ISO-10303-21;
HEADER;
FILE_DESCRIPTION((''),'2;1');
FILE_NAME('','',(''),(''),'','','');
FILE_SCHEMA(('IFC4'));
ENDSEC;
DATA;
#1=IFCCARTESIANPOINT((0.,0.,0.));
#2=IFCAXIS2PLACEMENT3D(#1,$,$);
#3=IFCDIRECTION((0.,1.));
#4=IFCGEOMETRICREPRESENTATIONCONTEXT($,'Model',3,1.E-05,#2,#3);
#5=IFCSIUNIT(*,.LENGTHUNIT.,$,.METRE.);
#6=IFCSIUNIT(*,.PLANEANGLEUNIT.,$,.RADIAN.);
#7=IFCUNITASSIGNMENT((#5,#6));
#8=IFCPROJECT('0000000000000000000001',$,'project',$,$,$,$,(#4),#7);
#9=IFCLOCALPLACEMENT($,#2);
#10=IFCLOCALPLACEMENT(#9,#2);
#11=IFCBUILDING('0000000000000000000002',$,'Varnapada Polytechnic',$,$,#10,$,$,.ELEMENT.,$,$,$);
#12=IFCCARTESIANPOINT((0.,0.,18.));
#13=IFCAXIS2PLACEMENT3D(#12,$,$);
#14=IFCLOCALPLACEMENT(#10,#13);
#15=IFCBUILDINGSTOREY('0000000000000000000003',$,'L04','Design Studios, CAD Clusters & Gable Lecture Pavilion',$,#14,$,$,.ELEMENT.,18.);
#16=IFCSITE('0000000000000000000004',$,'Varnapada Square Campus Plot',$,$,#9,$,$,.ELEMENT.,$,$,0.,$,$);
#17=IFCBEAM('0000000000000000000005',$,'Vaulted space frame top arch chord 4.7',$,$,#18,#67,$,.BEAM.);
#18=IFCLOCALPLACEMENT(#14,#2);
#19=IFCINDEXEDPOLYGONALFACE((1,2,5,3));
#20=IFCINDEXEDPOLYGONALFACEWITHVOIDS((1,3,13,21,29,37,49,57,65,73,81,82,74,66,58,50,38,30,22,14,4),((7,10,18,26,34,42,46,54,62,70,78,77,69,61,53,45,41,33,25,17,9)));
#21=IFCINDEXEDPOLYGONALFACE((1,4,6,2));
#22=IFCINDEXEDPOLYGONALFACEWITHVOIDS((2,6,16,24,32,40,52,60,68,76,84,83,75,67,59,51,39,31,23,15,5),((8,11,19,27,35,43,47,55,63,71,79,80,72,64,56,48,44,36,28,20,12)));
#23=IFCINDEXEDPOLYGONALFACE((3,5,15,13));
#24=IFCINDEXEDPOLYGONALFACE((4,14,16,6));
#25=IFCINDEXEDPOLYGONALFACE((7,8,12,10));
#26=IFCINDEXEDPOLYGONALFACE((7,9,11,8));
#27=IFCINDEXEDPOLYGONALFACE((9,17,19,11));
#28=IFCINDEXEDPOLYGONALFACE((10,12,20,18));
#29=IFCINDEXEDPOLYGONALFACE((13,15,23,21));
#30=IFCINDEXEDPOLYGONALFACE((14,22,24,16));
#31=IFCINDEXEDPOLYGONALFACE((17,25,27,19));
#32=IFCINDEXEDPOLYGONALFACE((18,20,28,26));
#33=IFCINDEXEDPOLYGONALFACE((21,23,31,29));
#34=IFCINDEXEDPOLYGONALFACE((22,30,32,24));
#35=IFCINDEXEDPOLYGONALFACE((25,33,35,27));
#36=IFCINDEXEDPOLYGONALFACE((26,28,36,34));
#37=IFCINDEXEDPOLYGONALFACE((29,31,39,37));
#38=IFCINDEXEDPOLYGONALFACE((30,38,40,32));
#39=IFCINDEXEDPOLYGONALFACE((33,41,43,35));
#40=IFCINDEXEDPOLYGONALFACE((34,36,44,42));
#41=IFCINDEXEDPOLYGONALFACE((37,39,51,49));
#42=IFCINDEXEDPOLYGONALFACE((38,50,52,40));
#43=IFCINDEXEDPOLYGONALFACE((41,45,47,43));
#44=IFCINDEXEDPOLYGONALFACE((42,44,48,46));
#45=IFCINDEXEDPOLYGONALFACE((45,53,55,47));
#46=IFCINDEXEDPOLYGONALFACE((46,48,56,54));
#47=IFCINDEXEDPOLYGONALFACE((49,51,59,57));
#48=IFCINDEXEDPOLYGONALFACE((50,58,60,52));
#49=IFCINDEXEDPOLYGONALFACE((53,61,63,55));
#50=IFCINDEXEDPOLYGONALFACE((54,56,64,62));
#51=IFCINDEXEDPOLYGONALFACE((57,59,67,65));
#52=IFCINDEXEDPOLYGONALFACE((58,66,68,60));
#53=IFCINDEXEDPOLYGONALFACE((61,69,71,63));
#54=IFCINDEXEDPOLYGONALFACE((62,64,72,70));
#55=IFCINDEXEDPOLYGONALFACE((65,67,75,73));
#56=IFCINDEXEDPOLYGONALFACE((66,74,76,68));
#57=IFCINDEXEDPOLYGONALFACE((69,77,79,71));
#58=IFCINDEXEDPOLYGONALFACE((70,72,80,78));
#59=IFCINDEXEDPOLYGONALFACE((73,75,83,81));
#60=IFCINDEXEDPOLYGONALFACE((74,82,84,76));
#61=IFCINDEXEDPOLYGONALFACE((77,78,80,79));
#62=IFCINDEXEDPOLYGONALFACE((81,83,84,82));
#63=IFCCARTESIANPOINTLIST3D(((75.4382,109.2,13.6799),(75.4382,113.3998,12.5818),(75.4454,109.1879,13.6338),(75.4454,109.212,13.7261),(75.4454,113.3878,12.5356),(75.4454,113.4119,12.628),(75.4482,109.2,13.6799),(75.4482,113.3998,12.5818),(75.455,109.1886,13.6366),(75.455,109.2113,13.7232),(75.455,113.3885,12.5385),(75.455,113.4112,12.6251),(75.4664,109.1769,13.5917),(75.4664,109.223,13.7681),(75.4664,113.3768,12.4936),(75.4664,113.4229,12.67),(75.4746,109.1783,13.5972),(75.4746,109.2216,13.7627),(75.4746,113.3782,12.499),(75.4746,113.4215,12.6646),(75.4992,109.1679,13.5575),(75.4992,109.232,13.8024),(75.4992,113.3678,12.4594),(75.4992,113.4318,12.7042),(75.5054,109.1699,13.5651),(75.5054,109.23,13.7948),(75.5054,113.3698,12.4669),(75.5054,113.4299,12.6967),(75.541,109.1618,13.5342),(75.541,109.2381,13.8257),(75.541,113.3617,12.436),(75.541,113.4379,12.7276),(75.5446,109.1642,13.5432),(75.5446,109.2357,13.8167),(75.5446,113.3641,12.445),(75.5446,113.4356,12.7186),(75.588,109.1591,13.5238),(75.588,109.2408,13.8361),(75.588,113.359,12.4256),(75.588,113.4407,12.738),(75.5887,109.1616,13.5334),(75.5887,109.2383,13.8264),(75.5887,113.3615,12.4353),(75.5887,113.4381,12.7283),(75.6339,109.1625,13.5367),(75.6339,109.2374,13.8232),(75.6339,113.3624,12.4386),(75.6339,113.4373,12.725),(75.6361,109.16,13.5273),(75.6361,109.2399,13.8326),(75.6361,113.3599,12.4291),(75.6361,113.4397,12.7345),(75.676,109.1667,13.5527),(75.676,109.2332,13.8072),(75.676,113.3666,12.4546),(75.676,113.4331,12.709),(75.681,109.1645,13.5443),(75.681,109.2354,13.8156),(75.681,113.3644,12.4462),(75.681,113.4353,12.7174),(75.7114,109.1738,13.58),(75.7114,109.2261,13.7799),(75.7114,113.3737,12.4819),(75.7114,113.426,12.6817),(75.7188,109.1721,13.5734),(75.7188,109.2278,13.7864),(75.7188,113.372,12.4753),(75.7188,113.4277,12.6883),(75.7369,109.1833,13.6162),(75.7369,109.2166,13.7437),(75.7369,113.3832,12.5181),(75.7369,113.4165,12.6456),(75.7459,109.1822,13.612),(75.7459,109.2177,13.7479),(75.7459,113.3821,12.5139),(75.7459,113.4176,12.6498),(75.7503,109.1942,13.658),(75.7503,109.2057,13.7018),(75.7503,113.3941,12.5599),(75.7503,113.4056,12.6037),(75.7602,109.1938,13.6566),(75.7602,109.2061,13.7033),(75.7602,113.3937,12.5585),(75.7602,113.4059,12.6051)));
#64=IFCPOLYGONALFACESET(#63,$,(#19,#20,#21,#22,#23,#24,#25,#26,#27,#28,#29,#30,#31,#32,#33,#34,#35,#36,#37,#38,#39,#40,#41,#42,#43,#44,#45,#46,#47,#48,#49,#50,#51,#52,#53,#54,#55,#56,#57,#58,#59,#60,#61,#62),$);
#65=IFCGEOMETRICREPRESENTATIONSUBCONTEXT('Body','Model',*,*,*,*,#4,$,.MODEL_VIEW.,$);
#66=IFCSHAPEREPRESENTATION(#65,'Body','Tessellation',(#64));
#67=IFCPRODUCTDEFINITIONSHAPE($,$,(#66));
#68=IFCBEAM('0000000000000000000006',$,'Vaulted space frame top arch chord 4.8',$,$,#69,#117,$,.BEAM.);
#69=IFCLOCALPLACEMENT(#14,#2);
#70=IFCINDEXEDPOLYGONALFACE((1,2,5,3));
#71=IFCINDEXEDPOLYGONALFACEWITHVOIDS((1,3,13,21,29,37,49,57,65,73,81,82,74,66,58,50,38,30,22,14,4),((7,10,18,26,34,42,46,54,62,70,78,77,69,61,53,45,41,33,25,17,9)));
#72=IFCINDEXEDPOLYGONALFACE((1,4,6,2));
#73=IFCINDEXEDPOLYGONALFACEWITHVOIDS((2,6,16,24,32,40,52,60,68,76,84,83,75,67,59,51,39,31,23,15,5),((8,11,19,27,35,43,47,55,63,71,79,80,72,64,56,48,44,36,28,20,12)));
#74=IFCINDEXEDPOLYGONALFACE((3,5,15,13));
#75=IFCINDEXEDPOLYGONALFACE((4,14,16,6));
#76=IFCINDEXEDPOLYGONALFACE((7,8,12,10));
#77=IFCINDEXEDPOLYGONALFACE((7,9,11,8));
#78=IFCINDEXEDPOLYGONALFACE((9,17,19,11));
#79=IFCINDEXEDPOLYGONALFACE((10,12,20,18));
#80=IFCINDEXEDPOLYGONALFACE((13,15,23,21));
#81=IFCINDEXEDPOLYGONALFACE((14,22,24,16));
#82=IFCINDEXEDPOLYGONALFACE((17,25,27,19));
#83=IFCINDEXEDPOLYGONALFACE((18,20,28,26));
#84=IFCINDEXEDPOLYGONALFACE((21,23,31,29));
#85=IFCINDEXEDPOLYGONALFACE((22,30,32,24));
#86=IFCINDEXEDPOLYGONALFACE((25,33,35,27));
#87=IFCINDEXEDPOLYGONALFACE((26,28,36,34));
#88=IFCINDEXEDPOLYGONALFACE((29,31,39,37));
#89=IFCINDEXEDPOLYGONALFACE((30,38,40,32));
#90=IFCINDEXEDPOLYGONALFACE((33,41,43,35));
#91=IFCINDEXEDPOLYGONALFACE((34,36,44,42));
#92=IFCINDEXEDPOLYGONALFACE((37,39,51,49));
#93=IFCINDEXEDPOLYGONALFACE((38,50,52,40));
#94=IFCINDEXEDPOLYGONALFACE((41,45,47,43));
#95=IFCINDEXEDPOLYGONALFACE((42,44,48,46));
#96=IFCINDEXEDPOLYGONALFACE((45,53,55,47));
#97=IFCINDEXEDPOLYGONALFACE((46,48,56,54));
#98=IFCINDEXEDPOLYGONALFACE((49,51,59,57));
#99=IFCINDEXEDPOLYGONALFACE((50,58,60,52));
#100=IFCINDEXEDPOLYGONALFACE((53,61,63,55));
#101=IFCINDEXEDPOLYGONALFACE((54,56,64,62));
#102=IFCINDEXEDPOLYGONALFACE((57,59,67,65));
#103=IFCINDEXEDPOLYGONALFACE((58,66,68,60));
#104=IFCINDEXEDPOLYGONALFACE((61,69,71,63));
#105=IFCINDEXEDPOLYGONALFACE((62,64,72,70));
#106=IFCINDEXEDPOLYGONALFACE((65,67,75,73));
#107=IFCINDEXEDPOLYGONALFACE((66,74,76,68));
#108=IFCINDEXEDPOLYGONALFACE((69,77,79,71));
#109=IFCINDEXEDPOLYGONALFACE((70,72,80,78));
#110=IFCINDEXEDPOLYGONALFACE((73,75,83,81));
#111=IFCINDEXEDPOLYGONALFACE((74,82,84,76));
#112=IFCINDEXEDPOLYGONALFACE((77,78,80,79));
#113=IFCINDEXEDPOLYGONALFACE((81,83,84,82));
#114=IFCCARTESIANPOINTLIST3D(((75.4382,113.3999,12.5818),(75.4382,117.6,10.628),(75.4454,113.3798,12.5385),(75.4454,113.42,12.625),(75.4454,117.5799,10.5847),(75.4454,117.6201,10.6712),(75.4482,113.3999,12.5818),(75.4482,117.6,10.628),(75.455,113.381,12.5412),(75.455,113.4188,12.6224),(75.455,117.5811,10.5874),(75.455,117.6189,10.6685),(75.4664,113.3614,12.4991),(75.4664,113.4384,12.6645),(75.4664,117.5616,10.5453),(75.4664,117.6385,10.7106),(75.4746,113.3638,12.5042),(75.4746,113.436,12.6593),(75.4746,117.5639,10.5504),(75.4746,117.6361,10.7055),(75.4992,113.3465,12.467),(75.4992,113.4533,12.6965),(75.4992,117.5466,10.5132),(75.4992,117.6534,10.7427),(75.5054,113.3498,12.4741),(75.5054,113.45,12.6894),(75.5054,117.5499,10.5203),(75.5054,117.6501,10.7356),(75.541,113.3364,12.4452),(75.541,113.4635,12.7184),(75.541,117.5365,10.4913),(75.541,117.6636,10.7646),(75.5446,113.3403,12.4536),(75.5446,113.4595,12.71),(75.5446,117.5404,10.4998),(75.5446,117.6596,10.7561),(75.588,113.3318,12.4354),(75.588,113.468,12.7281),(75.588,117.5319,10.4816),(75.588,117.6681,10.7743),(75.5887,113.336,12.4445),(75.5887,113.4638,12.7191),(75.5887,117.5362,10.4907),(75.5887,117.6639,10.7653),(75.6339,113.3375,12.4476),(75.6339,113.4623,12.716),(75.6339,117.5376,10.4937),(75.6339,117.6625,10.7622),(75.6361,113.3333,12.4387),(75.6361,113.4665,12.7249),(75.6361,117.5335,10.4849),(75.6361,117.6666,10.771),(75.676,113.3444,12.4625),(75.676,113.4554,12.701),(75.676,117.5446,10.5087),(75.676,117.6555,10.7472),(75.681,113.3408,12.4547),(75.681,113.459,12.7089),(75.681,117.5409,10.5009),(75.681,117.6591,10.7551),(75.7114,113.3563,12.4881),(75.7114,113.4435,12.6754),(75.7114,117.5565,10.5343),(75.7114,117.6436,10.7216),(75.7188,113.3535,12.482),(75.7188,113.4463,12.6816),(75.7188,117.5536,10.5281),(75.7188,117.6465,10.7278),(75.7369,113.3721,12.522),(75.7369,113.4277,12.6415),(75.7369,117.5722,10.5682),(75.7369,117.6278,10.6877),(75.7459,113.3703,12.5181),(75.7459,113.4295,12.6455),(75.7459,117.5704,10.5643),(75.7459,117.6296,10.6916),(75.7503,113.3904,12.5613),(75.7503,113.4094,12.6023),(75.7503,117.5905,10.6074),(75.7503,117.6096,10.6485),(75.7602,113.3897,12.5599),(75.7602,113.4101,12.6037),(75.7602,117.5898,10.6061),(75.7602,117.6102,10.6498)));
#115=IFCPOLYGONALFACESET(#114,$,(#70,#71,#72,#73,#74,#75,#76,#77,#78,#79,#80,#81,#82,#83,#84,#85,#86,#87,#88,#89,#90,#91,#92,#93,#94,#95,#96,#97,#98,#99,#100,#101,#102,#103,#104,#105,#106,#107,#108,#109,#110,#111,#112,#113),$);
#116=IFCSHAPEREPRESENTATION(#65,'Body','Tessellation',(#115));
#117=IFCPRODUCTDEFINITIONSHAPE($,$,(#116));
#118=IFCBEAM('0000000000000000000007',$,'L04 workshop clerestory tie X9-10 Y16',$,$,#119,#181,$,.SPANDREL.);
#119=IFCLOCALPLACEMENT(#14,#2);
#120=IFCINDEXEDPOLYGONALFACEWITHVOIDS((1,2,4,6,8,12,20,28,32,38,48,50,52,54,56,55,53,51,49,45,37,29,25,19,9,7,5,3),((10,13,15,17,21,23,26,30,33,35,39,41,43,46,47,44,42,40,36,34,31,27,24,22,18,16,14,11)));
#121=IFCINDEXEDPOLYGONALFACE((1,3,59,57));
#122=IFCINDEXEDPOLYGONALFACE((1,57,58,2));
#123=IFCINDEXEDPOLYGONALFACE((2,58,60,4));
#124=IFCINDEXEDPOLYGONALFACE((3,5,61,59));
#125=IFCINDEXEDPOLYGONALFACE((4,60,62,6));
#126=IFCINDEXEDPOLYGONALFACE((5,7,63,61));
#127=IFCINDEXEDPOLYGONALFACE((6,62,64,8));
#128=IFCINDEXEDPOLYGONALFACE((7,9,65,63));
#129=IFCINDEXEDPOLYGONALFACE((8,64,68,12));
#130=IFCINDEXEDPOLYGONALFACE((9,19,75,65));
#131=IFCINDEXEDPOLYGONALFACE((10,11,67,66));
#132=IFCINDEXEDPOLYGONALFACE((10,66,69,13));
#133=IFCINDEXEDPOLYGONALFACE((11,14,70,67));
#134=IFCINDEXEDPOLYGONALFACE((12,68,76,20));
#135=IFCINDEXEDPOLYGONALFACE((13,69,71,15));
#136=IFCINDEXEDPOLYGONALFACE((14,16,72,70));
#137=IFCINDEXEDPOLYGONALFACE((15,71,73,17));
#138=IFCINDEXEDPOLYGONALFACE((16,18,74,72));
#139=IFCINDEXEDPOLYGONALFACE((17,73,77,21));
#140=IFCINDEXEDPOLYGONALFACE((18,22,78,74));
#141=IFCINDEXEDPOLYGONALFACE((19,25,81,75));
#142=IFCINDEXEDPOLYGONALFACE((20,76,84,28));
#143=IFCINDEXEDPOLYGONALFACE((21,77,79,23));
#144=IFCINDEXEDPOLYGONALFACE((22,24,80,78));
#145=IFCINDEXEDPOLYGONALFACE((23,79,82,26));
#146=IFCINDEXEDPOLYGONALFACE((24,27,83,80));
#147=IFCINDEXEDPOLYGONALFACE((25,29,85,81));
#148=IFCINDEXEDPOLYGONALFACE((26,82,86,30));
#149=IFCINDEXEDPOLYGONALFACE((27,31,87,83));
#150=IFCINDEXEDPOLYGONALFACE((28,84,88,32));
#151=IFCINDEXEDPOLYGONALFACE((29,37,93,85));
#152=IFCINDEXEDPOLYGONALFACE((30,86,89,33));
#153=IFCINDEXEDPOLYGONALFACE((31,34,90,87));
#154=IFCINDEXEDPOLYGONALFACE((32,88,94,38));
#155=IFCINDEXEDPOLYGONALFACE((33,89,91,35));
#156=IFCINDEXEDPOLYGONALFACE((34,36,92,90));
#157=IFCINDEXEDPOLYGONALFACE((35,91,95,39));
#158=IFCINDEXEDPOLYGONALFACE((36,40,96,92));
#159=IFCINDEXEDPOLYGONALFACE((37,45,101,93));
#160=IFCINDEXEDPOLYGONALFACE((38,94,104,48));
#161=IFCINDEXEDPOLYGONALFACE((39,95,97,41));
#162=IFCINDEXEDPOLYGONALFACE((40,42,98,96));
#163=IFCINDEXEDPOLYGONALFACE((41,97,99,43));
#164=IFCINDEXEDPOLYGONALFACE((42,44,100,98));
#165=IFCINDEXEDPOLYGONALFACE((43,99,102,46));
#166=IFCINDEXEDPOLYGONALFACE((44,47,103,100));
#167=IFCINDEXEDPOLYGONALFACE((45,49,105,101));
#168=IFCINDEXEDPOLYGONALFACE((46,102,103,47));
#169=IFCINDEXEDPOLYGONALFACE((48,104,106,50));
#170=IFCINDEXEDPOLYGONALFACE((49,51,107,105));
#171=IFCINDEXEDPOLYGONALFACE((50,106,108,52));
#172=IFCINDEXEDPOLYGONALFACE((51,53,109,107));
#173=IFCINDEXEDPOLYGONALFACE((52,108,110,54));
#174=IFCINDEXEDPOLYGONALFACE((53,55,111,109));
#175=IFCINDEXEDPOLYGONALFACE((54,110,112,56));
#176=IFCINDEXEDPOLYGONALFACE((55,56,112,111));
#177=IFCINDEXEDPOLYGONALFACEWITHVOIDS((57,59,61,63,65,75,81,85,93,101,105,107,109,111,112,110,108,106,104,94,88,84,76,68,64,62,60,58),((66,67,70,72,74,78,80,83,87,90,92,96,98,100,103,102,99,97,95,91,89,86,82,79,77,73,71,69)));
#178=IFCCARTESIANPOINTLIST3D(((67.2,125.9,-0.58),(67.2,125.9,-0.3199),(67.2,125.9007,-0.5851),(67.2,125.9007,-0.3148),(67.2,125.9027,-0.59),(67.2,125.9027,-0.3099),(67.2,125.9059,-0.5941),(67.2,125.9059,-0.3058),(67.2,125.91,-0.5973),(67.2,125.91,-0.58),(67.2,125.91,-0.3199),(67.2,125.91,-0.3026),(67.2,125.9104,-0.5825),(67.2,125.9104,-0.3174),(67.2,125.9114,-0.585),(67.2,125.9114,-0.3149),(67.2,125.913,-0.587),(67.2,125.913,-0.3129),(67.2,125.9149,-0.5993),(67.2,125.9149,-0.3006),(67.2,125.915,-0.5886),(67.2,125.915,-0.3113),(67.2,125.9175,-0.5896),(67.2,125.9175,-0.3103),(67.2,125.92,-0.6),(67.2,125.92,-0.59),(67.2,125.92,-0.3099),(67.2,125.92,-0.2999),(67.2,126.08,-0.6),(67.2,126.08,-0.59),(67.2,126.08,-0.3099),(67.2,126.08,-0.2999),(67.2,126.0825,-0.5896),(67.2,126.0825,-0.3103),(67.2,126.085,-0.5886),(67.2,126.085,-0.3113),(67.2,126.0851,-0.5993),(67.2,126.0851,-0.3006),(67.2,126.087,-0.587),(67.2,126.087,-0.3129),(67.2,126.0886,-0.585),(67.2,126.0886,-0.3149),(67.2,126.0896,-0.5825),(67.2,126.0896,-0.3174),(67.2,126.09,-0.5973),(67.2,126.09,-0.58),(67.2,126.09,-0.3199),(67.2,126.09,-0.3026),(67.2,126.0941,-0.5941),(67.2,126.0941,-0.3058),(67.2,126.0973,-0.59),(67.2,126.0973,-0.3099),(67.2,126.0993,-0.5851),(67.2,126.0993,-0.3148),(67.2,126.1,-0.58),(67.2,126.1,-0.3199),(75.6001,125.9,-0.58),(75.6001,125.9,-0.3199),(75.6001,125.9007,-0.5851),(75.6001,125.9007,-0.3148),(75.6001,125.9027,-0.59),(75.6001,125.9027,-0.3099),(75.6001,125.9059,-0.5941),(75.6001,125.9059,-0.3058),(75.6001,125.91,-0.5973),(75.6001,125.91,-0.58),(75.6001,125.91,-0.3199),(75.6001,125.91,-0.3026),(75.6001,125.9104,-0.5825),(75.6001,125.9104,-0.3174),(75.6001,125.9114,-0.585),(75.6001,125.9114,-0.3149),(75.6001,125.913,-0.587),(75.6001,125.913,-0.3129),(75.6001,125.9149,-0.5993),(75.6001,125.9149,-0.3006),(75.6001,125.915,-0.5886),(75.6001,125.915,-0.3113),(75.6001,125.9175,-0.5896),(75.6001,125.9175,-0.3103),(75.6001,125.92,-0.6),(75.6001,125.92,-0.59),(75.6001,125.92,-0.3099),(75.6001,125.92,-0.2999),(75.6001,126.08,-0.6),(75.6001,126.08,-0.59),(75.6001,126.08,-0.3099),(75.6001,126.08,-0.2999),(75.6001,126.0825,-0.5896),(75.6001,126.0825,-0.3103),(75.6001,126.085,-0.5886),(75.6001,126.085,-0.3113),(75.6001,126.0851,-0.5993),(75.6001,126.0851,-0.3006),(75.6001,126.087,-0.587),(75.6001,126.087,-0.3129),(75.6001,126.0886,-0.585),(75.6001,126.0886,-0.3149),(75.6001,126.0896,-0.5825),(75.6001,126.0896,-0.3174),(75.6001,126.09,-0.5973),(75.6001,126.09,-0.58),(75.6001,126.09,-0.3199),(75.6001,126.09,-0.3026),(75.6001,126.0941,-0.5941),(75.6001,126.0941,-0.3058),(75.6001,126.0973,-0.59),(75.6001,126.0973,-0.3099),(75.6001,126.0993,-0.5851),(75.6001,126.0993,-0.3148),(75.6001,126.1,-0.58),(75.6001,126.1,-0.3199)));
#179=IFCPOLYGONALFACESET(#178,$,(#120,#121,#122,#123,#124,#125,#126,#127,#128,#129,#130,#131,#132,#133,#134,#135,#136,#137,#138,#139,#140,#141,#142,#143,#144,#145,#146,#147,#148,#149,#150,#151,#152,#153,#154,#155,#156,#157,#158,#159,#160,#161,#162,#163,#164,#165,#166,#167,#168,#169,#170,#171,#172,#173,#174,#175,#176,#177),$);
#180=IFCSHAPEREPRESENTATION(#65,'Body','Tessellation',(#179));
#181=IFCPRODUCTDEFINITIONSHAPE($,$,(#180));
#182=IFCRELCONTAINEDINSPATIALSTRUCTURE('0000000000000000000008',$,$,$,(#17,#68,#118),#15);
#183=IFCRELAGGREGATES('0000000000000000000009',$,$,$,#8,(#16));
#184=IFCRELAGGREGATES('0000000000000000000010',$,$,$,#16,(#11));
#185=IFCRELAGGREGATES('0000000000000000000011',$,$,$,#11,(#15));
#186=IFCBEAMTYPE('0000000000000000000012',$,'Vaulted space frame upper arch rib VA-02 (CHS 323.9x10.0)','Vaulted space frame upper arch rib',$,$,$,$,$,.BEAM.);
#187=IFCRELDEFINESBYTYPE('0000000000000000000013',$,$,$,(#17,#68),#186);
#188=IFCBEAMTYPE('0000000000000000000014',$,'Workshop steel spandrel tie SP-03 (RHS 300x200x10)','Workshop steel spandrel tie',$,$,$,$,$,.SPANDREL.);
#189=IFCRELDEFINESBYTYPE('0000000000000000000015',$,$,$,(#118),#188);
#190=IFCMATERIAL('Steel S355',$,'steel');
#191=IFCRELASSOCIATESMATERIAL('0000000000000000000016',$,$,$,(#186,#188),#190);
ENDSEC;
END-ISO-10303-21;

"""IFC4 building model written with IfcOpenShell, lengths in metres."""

from ifc_helpers import new_model, si_unit, direction, frame, origin, origin_2d, place, context, subcontext, project, spatial, hollow_rectangle, hollow_circle, extrude, material, material_profile, profile_set, type_object, element, save


model = new_model("IFC4")

# Units and contexts
model_context = context("Model", 3, precision=1e-05, world=origin(), true_north=direction((0.0, 1.0)))
body_context = subcontext(model_context, "Body", "Model", "MODEL_VIEW")
ifc_project = project(units=[si_unit("LENGTHUNIT", "METRE"), si_unit("PLANEANGLEUNIT", "RADIAN")], contexts=[model_context])

# Site, building, storey
site_placement = place(None, origin())
site = spatial("IfcSite", under=ifc_project, at=site_placement, Name="Varnapada Square Campus Plot", CompositionType="ELEMENT", RefElevation=0.0)
building_placement = place(site_placement, origin())
building = spatial("IfcBuilding", under=site, at=building_placement, Name="Varnapada Polytechnic", CompositionType="ELEMENT")
storey_placement = place(building_placement, frame((0.0, 0.0, 18.0)))
storey = spatial("IfcBuildingStorey", under=building, at=storey_placement, Name="L04", Description="Design Studios, CAD Clusters & Gable Lecture Pavilion", CompositionType="ELEMENT", Elevation=18.0)

# Shared definitions
ifc_material = material(Name="Steel S355", Category="steel")

# Beams
ifc_material_profile_1 = material_profile(ifc_material, hollow_circle(Radius=0.1619, WallThickness=0.01, at=origin_2d()), Name="CHS 323.9x10.0")
ifc_profile_set_1 = profile_set([ifc_material_profile_1], Name="Steel S355")
beam_type_1 = type_object("IfcBeamType", Name="Vaulted space frame upper arch rib VA-02 (CHS 323.9x10.0)", Description="Vaulted space frame upper arch rib", PredefinedType="BEAM", material=ifc_profile_set_1)
beam_1_placement = place(storey_placement, frame((75.6001, 109.2, 13.6799), z_axis=(0.0, 0.967476, -0.252962), x_axis=(-1.0, 0.0, 0.0)))
element("IfcBeam", 1, at=beam_1_placement, inside=storey, type_object=beam_type_1, Name="Vaulted space frame top arch chord 4.7", PredefinedType="BEAM", context=body_context, shape_type="SweptSolid", body=[
    extrude(hollow_circle(Radius=0.1619, WallThickness=0.01, at=origin_2d()), origin(), (0.0, 0.0, 1.0), 4.3411),
])
beam_2_placement = place(storey_placement, frame((75.6001, 113.3999, 12.5818), z_axis=(0.0, 0.906698, -0.42178), x_axis=(-1.0, 0.0, 0.0)))
element("IfcBeam", 2, at=beam_2_placement, inside=storey, type_object=beam_type_1, Name="Vaulted space frame top arch chord 4.8", PredefinedType="BEAM", context=body_context, shape_type="SweptSolid", body=[
    extrude(hollow_circle(Radius=0.1619, WallThickness=0.01, at=origin_2d()), origin(), (0.0, 0.0, 1.0), 4.6323),
])
ifc_material_profile_2 = material_profile(ifc_material, hollow_rectangle(XDim=0.2, YDim=0.3, WallThickness=0.01, InnerFilletRadius=0.01, OuterFilletRadius=0.02, at=origin_2d()), Name="RHS 300x200x10")
ifc_profile_set_2 = profile_set([ifc_material_profile_2], Name="Steel S355")
beam_type_2 = type_object("IfcBeamType", Name="Workshop steel spandrel tie SP-03 (RHS 300x200x10)", Description="Workshop steel spandrel tie", PredefinedType="SPANDREL", material=ifc_profile_set_2)
beam_3_placement = place(storey_placement, frame((67.2, 126.0, -0.45), z_axis=(1.0, 0.0, 0.0), x_axis=(0.0, 1.0, 0.0)))
element("IfcBeam", 3, at=beam_3_placement, inside=storey, type_object=beam_type_2, Name="L04 workshop clerestory tie X9-10 Y16", PredefinedType="SPANDREL", context=body_context, shape_type="SweptSolid", body=[
    extrude(hollow_rectangle(XDim=0.2, YDim=0.3, WallThickness=0.01, InnerFilletRadius=0.01, OuterFilletRadius=0.02, at=origin_2d()), origin(), (0.0, 0.0, 1.0), 8.4001),
])

save(model, "model.ifc")
